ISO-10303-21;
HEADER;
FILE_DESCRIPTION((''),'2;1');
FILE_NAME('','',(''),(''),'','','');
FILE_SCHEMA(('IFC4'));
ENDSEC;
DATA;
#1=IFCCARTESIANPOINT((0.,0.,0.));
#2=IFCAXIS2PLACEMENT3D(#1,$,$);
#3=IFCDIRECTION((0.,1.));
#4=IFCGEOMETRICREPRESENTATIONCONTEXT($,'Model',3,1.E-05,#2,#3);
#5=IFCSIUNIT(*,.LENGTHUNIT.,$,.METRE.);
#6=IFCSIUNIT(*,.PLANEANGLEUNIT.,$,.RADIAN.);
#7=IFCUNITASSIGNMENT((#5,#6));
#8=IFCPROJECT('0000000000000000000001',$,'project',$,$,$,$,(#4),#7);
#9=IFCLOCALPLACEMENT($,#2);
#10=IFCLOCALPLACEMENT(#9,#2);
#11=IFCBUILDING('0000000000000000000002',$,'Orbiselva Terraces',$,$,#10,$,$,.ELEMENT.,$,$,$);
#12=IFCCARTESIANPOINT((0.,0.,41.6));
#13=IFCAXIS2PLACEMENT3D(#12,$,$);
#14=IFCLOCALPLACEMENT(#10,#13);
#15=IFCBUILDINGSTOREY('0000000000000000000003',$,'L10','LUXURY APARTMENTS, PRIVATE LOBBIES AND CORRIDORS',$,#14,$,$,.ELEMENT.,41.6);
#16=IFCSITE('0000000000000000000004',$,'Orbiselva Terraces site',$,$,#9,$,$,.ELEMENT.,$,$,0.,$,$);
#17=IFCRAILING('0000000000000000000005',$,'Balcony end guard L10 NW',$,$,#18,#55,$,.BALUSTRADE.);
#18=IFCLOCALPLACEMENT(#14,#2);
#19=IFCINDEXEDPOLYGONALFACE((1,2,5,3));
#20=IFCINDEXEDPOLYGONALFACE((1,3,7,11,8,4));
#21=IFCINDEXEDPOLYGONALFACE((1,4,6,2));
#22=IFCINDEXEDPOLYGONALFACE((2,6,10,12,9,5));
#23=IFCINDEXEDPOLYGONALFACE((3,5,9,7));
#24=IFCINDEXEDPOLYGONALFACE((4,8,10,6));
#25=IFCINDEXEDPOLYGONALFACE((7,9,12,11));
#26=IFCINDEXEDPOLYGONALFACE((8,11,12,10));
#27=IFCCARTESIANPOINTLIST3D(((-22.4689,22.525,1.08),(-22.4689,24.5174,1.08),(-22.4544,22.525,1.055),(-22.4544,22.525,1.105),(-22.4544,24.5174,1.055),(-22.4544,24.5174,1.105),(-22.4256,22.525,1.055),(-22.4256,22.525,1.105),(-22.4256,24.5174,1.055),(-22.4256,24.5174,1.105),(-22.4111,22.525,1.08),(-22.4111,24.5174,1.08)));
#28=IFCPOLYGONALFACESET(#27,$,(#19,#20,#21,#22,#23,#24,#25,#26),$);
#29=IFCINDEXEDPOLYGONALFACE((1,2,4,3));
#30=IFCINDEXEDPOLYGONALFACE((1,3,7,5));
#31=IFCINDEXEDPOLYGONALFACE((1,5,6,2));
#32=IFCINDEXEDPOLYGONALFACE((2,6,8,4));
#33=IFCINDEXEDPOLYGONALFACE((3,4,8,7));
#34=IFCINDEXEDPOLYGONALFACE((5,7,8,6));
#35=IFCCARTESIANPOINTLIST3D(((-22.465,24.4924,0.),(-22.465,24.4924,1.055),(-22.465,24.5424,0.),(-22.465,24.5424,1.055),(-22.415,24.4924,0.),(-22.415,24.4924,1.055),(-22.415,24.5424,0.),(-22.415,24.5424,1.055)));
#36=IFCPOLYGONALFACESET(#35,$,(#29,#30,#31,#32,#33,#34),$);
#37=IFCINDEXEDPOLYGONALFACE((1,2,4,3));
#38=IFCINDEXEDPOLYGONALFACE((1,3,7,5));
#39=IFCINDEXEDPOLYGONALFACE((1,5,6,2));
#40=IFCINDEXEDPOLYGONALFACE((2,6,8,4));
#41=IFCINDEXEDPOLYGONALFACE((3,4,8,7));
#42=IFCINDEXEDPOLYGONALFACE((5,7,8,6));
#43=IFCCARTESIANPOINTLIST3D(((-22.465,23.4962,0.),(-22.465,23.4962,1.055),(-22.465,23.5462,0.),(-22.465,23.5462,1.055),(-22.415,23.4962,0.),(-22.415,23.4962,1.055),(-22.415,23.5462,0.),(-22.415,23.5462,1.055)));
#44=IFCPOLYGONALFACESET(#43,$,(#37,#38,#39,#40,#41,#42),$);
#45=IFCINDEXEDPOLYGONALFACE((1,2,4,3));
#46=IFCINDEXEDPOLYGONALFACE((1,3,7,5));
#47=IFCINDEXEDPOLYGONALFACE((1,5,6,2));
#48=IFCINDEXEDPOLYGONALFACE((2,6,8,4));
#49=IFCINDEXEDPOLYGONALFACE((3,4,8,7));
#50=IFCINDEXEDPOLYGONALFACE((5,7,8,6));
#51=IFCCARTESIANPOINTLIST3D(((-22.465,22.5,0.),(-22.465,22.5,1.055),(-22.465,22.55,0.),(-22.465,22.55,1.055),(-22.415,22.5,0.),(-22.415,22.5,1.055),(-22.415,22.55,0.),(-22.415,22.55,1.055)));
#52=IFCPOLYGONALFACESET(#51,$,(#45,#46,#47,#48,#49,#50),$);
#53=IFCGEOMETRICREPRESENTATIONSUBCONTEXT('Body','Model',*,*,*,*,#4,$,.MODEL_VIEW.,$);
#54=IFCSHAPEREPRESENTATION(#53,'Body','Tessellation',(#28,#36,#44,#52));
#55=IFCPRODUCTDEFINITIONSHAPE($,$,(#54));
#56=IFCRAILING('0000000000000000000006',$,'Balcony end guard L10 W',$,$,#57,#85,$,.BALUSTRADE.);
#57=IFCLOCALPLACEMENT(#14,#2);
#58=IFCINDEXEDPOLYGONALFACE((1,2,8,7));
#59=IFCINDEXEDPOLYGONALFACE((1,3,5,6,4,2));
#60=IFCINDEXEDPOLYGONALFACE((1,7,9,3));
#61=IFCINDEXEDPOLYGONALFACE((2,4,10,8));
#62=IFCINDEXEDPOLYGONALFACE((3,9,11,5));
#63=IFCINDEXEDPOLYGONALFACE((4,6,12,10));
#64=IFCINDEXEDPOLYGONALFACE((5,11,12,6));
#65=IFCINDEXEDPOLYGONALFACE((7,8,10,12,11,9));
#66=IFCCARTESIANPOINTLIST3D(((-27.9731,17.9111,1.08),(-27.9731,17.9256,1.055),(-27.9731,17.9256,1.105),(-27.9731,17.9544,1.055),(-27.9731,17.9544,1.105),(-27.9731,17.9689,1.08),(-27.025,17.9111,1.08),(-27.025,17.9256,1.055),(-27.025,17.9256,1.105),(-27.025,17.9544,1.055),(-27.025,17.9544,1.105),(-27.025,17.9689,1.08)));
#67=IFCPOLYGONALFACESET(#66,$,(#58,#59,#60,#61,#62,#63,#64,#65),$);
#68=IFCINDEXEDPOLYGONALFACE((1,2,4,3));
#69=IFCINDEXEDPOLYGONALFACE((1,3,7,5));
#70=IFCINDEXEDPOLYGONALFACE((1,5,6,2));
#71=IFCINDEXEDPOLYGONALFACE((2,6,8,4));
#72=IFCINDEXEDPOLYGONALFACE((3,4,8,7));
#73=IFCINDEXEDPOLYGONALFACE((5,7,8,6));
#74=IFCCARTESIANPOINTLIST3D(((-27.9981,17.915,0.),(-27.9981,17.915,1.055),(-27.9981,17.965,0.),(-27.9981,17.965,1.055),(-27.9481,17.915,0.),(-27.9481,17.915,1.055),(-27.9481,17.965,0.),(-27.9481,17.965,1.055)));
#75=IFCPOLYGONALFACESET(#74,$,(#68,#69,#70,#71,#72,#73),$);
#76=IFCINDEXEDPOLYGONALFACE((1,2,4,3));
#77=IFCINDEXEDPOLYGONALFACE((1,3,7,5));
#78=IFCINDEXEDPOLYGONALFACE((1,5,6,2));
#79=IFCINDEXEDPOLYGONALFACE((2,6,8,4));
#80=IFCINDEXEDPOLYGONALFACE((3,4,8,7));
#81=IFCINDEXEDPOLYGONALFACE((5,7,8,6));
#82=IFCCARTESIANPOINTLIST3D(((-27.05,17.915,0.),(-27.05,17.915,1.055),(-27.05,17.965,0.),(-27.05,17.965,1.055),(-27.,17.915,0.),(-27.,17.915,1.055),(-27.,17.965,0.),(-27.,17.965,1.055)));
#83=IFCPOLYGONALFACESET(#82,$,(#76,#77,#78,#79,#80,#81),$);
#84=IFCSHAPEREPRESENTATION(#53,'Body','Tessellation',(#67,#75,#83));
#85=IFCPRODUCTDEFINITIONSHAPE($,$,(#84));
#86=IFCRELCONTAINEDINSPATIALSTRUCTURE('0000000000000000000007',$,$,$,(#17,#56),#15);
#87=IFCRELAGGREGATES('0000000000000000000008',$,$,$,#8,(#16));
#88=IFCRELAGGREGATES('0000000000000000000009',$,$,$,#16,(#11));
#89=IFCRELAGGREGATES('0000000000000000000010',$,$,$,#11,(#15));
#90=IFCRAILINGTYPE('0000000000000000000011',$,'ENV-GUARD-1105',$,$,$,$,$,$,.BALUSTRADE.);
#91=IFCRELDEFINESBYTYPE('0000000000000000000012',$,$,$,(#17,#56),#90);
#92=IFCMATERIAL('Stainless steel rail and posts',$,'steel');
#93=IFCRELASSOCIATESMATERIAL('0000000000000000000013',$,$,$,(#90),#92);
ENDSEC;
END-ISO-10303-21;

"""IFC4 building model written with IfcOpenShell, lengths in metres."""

from ifc_helpers import new_model, si_unit, direction, frame, origin, origin_2d, place, context, subcontext, project, spatial, polyline, rectangle, outline, extrude, material, type_object, element, save


model = new_model("IFC4")

# Units and contexts
model_context = context("Model", 3, precision=1e-05, world=origin(), true_north=direction((0.0, 1.0)))
body_context = subcontext(model_context, "Body", "Model", "MODEL_VIEW")
ifc_project = project(units=[si_unit("LENGTHUNIT", "METRE"), si_unit("PLANEANGLEUNIT", "RADIAN")], contexts=[model_context])

# Site, building, storey
site_placement = place(None, origin())
site = spatial("IfcSite", under=ifc_project, at=site_placement, Name="Orbiselva Terraces site", CompositionType="ELEMENT", RefElevation=0.0)
building_placement = place(site_placement, origin())
building = spatial("IfcBuilding", under=site, at=building_placement, Name="Orbiselva Terraces", CompositionType="ELEMENT")
storey_placement = place(building_placement, frame((0.0, 0.0, 41.6)))
storey = spatial("IfcBuildingStorey", under=building, at=storey_placement, Name="L10", Description="LUXURY APARTMENTS, PRIVATE LOBBIES AND CORRIDORS", CompositionType="ELEMENT", Elevation=41.6)

# Railings
ifc_material_1 = material(Name="Stainless steel rail and posts", Category="steel")
railing_type_1 = type_object("IfcRailingType", Name="ENV-GUARD-1105", PredefinedType="BALUSTRADE", material=ifc_material_1)
railing_1_placement = place(storey_placement, frame((-22.44, 24.5174, 0.0)))
element("IfcRailing", 1, at=railing_1_placement, inside=storey, type_object=railing_type_1, Name="Balcony end guard L10 NW", PredefinedType="BALUSTRADE", context=body_context, shape_type="SweptSolid", body=[
    extrude(outline(polyline([(0.0289, 0.0), (0.0144, 0.025), (-0.0144, 0.025), (-0.0289, 0.0), (-0.0144, -0.025), (0.0144, -0.025), (0.0289, 0.0)])), frame((0.0, 0.0, 1.08), z_axis=(0.0, -1.0, 0.0), x_axis=(1.0, 0.0, 0.0)), (0.0, 0.0, 1.0), 1.9924),
    extrude(rectangle(XDim=0.05, YDim=0.05, at=origin_2d()), origin(), (0.0, 0.0, 1.0), 1.055),
    extrude(rectangle(XDim=0.05, YDim=0.05, at=origin_2d()), frame((0.0, -0.9962, 0.0)), (0.0, 0.0, 1.0), 1.055),
    extrude(rectangle(XDim=0.05, YDim=0.05, at=origin_2d()), frame((0.0, -1.9924, 0.0)), (0.0, 0.0, 1.0), 1.055),
])
railing_2_placement = place(storey_placement, frame((-27.9731, 17.94, 0.0)))
element("IfcRailing", 2, at=railing_2_placement, inside=storey, type_object=railing_type_1, Name="Balcony end guard L10 W", PredefinedType="BALUSTRADE", context=body_context, shape_type="SweptSolid", body=[
    extrude(outline(polyline([(0.0289, 0.0), (0.0144, 0.025), (-0.0144, 0.025), (-0.0289, 0.0), (-0.0144, -0.025), (0.0144, -0.025), (0.0289, 0.0)])), frame((0.0, 0.0, 1.08), z_axis=(1.0, 0.0, 0.0), x_axis=(0.0, 1.0, 0.0)), (0.0, 0.0, 1.0), 0.9481),
    extrude(rectangle(XDim=0.05, YDim=0.05, at=origin_2d()), origin(), (0.0, 0.0, 1.0), 1.055),
    extrude(rectangle(XDim=0.05, YDim=0.05, at=origin_2d()), frame((0.9481, 0.0, 0.0)), (0.0, 0.0, 1.0), 1.055),
])

save(model, "model.ifc")
